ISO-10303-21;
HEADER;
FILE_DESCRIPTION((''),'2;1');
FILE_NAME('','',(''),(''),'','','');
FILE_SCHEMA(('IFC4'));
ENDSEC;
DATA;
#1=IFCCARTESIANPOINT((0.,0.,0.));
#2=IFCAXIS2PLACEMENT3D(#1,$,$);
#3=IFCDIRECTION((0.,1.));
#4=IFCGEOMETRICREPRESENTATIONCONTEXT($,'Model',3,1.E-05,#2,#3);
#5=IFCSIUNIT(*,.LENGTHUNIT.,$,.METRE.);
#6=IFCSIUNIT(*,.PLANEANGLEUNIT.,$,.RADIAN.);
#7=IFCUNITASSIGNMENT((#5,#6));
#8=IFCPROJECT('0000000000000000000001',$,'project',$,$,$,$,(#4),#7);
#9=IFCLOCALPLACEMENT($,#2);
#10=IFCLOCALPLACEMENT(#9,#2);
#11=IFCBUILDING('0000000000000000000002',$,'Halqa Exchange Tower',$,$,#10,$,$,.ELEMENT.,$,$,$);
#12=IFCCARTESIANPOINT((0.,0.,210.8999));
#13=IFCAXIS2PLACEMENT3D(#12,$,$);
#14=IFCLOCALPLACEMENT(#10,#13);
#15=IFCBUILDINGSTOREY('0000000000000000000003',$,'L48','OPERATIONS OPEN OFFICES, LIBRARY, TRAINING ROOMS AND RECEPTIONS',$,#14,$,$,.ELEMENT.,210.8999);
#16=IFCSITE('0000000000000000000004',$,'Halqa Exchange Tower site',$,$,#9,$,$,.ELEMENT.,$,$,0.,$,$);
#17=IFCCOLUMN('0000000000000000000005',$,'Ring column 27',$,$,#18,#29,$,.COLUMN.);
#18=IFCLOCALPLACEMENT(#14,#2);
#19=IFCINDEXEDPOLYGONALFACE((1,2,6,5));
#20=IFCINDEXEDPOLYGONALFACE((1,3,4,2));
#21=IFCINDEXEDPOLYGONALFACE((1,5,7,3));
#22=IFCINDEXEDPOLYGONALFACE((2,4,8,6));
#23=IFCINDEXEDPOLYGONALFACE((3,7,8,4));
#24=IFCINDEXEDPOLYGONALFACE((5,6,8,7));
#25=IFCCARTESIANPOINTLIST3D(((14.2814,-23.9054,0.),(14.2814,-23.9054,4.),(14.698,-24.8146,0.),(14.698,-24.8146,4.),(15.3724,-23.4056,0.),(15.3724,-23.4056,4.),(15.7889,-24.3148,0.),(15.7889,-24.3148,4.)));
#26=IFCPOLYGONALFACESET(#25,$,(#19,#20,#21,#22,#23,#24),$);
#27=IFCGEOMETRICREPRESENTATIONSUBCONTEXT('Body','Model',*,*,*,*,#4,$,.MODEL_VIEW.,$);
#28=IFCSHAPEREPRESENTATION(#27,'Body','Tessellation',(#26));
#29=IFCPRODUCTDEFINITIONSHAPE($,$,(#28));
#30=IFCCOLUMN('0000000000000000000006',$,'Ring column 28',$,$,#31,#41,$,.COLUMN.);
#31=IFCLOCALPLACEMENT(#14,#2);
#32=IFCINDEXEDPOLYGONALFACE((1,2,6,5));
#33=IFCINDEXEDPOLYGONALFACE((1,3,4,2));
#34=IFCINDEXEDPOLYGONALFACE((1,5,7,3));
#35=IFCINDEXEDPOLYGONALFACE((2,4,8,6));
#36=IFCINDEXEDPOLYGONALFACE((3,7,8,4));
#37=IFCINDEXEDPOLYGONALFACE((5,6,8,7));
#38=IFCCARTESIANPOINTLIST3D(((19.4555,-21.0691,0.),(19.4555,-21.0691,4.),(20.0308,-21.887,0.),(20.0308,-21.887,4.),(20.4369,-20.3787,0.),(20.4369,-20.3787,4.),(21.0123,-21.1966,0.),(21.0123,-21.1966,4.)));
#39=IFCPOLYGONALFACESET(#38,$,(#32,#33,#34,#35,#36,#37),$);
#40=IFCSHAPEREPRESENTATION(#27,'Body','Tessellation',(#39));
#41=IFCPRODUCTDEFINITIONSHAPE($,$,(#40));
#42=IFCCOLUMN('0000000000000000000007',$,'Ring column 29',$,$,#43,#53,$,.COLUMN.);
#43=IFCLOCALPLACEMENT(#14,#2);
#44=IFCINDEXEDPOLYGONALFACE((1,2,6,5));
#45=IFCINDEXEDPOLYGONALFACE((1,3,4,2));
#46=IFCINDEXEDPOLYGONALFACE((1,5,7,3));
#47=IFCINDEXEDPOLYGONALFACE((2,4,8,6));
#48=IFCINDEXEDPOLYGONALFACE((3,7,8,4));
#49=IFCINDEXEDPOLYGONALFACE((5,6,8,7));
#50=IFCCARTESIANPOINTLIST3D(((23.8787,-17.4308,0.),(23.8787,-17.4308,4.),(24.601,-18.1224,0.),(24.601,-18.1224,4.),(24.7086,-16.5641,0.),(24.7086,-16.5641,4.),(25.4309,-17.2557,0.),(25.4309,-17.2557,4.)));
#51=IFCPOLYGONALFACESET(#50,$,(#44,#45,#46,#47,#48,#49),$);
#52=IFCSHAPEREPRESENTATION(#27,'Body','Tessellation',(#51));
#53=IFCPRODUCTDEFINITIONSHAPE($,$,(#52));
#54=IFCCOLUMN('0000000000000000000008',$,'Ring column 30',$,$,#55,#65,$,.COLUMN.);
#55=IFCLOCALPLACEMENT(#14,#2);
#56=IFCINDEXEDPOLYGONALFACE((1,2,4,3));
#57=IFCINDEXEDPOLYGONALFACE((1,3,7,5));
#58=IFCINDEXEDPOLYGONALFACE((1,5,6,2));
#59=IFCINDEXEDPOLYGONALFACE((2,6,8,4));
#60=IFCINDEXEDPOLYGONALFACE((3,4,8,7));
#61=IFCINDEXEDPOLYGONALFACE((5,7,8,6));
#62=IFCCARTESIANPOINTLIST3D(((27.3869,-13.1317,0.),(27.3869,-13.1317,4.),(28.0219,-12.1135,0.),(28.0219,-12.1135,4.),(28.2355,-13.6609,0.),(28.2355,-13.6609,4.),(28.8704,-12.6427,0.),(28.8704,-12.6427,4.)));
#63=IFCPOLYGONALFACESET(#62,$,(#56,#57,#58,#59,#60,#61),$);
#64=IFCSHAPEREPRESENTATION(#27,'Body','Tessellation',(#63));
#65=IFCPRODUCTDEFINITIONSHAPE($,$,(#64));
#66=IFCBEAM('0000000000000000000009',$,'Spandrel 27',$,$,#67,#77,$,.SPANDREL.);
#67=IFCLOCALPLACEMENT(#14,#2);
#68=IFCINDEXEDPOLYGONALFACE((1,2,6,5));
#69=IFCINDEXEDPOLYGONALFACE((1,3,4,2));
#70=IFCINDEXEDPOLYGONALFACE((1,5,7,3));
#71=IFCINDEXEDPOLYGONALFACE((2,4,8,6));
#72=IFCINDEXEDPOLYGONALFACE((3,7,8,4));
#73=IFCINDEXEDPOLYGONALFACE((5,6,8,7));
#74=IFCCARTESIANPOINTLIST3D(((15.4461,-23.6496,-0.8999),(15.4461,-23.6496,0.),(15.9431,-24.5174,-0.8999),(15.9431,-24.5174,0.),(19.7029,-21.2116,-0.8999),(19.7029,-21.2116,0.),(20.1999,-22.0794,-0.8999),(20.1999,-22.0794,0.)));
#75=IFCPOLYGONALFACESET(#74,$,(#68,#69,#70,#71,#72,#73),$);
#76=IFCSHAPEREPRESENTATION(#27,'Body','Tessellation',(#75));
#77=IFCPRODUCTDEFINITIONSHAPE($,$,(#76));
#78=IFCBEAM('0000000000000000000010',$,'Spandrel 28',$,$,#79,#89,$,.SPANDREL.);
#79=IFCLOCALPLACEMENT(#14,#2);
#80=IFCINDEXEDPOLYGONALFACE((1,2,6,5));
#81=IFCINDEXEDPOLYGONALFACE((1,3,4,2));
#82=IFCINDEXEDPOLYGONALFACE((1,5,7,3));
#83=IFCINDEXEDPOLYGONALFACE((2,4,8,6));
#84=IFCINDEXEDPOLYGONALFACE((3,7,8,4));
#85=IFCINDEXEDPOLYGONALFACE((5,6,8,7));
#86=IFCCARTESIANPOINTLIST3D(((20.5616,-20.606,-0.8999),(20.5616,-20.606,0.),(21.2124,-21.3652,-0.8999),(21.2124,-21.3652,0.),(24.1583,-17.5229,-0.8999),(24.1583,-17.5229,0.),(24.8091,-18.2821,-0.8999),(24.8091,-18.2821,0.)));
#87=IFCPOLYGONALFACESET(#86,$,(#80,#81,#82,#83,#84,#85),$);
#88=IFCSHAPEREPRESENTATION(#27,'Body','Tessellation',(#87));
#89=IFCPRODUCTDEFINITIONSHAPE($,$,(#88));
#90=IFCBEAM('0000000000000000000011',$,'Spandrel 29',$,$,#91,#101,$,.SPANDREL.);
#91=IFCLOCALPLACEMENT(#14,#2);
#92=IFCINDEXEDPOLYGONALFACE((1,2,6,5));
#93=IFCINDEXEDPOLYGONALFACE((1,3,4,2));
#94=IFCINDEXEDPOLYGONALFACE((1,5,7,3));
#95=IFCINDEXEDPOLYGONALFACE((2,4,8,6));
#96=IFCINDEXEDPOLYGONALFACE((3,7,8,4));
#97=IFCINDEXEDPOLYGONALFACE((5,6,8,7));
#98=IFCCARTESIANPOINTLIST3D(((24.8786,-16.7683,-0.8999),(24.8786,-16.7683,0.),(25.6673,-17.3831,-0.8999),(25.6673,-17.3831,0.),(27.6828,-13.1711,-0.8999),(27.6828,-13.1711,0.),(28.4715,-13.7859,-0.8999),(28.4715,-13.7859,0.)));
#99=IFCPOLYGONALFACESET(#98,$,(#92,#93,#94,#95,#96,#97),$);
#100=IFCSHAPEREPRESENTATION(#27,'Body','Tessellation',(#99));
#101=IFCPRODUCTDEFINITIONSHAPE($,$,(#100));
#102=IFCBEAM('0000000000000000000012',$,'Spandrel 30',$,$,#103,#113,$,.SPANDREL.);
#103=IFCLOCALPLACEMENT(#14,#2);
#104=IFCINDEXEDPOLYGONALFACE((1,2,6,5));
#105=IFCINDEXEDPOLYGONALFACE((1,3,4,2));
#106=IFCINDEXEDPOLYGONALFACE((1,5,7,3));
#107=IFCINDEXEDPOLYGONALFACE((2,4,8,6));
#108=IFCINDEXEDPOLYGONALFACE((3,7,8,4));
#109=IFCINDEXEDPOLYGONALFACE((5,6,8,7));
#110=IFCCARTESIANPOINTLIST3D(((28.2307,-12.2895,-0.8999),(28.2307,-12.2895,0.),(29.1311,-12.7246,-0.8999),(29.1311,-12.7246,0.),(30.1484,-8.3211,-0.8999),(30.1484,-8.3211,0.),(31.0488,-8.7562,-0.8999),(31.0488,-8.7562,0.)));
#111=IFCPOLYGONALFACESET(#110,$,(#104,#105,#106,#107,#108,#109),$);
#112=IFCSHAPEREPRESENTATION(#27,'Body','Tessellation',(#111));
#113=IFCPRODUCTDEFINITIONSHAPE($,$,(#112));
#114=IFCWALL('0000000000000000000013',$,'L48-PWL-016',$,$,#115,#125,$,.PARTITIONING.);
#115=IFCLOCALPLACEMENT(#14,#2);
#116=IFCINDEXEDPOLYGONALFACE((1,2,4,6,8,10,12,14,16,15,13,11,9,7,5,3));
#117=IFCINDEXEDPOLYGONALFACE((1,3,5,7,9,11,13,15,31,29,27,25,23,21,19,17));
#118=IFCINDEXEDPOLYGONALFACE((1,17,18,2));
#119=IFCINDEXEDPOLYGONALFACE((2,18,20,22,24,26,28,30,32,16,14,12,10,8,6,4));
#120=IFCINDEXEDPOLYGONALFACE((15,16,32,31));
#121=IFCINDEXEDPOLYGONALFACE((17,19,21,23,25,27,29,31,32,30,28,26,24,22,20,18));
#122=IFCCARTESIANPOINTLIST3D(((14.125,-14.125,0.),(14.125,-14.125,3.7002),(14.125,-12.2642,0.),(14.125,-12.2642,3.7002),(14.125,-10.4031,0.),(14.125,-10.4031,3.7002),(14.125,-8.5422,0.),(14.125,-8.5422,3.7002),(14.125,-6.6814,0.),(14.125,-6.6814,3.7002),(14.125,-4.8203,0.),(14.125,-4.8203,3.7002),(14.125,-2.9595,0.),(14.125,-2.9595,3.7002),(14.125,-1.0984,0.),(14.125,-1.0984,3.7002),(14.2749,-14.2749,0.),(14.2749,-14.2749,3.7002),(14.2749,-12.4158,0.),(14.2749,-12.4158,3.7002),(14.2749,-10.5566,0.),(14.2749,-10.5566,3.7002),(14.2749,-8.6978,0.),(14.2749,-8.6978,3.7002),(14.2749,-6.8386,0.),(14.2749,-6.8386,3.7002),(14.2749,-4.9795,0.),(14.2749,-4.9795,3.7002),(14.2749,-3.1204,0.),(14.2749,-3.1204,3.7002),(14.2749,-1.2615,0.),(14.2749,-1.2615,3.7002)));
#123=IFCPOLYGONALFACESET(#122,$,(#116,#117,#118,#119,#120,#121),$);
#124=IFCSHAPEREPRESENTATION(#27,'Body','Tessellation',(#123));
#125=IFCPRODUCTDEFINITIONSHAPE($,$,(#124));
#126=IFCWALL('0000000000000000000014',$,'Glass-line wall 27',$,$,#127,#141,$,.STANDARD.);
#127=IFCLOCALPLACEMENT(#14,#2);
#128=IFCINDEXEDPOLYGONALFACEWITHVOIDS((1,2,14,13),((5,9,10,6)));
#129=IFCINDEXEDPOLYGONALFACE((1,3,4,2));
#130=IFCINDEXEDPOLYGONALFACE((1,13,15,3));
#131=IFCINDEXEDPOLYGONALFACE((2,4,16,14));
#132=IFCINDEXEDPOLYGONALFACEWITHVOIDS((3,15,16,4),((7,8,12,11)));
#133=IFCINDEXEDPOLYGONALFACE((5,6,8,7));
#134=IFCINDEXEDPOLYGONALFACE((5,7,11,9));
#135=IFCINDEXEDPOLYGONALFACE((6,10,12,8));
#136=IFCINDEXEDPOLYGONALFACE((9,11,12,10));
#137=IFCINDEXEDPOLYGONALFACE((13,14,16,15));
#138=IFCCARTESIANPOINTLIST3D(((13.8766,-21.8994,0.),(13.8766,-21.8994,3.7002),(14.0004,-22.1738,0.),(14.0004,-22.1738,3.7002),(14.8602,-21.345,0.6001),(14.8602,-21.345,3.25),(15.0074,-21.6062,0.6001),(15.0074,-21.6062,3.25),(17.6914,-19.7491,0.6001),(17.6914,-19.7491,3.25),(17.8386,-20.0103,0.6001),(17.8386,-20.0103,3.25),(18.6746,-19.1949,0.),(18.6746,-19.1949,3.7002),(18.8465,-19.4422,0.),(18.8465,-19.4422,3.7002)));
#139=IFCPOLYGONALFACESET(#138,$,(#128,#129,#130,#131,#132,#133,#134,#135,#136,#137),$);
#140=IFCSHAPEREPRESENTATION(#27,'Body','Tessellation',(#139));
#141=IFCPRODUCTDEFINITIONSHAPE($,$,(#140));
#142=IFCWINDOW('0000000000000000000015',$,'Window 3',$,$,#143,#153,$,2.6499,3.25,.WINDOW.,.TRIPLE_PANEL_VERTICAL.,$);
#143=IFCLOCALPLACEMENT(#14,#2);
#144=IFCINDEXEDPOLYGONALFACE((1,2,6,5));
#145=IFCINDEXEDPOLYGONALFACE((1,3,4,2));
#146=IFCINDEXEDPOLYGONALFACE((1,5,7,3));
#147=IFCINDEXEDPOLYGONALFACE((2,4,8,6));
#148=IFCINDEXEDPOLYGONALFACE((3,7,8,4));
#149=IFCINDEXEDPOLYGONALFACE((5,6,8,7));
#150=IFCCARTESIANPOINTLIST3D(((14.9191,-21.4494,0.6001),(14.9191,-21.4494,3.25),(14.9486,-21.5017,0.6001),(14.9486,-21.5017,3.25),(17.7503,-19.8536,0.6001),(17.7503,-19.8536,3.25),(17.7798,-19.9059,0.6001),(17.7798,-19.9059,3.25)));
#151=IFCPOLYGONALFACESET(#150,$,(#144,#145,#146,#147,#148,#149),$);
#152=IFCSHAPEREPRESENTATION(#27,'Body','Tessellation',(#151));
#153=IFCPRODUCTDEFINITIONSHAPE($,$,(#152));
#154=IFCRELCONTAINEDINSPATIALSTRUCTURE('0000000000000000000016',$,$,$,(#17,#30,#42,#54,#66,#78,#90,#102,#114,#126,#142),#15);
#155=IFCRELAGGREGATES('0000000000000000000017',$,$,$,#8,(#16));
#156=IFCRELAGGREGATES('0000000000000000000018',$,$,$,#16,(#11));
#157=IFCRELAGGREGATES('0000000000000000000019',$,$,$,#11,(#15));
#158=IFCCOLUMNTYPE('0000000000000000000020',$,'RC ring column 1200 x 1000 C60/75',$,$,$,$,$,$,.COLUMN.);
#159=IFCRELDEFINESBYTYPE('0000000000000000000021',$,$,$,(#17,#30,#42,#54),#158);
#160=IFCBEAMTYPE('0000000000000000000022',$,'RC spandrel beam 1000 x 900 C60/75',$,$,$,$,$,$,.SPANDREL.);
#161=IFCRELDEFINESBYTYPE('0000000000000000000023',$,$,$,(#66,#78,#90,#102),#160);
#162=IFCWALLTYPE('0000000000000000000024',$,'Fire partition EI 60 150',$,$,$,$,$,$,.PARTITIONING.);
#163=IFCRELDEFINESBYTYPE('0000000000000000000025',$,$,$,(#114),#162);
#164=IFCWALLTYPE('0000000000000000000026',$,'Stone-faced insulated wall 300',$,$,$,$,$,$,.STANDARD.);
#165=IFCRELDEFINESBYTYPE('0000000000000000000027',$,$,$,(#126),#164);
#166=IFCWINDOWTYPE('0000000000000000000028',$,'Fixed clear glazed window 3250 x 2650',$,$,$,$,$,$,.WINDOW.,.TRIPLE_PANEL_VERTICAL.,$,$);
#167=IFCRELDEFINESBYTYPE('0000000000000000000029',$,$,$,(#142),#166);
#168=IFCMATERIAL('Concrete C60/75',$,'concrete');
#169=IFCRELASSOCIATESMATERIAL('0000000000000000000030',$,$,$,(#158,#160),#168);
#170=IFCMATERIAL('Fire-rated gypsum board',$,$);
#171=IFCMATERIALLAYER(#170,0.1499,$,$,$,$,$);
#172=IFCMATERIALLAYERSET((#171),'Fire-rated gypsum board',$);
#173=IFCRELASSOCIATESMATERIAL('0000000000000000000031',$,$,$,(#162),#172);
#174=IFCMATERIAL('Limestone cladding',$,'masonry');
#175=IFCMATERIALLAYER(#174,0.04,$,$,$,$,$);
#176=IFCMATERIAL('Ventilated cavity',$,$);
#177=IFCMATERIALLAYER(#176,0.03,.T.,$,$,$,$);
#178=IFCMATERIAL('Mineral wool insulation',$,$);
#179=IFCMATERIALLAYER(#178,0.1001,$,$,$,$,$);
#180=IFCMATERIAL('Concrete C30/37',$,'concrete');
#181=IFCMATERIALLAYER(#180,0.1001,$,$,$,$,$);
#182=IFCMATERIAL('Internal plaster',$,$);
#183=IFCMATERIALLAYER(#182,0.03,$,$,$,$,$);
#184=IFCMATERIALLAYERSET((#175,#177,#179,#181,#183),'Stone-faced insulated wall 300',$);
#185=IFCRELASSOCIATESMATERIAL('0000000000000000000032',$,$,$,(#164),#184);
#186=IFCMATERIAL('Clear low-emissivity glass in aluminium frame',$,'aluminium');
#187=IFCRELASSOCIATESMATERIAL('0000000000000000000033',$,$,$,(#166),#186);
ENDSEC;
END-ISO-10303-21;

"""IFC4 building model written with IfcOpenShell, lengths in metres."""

from ifc_helpers import new_model, si_unit, direction, frame, frame_2d, origin, origin_2d, place, context, subcontext, project, spatial, polyline, rectangle, outline, extrude, material, layer, layer_set, material_profile, profile_set, type_object, element, fill, save


model = new_model("IFC4")

# Units and contexts
model_context = context("Model", 3, precision=1e-05, world=origin(), true_north=direction((0.0, 1.0)))
body_context = subcontext(model_context, "Body", "Model", "MODEL_VIEW")
ifc_project = project(units=[si_unit("LENGTHUNIT", "METRE"), si_unit("PLANEANGLEUNIT", "RADIAN")], contexts=[model_context])

# Site, building, storey
site_placement = place(None, origin())
site = spatial("IfcSite", under=ifc_project, at=site_placement, Name="Halqa Exchange Tower site", CompositionType="ELEMENT", RefElevation=0.0)
building_placement = place(site_placement, origin())
building = spatial("IfcBuilding", under=site, at=building_placement, Name="Halqa Exchange Tower", CompositionType="ELEMENT")
storey_placement = place(building_placement, frame((0.0, 0.0, 210.8999)))
storey = spatial("IfcBuildingStorey", under=building, at=storey_placement, Name="L48", Description="OPERATIONS OPEN OFFICES, LIBRARY, TRAINING ROOMS AND RECEPTIONS", CompositionType="ELEMENT", Elevation=210.8999)

# Columns
ifc_material_1 = material(Name="Concrete C60/75", Category="concrete")
ifc_material_profile_1 = material_profile(ifc_material_1, rectangle(XDim=1.2, YDim=1.0, at=origin_2d()), Name="1200 x 1000")
ifc_profile_set_1 = profile_set([ifc_material_profile_1], Name="Concrete C60/75")
column_type = type_object("IfcColumnType", Name="RC ring column 1200 x 1000 C60/75", PredefinedType="COLUMN", material=ifc_profile_set_1)
for number, where, z_axis, x_axis, name in (
    (1, (15.0352, -24.1101, 0.0), (0.0, 0.0, 1.0), (0.909129, 0.416514, 0.0), "Ring column 27"),
    (2, (20.2339, -21.1328, 0.0), (0.0, 0.0, 1.0), (0.817906, 0.575352, 0.0), "Ring column 28"),
    (3, (24.6548, -17.3433, 0.0), (0.0, 0.0, 1.0), (0.691575, 0.722305, 0.0), "Ring column 29"),
    (4, (28.1287, -12.8872, 0.0), (0.0, 0.0, 1.0), (0.529145, 0.848531, 0.0), "Ring column 30"),
):
    element("IfcColumn", number, at=place(storey_placement, frame(where, z_axis=z_axis, x_axis=x_axis)), inside=storey, type_object=column_type, Name=name, PredefinedType="COLUMN", context=body_context, shape_type="SweptSolid", body=[
        extrude(rectangle(XDim=1.2, YDim=1.0, at=origin_2d()), origin(), (0.0, 0.0, 1.0), 4.0),
    ])

# Beams
ifc_material_profile_2 = material_profile(ifc_material_1, rectangle(XDim=1.0, YDim=0.8999, at=origin_2d()), Name="1000 x 900")
ifc_profile_set_2 = profile_set([ifc_material_profile_2], Name="Concrete C60/75")
beam_type = type_object("IfcBeamType", Name="RC spandrel beam 1000 x 900 C60/75", PredefinedType="SPANDREL", material=ifc_profile_set_2)
beam_1_placement = place(storey_placement, frame((15.6946, -24.0835, -0.45), z_axis=(0.867759, 0.496986, 0.0), x_axis=(-0.496986, 0.867759, 0.0)))
element("IfcBeam", 5, at=beam_1_placement, inside=storey, type_object=beam_type, Name="Spandrel 27", PredefinedType="SPANDREL", context=body_context, shape_type="SweptSolid", body=[
    extrude(rectangle(XDim=1.0, YDim=0.8999, at=origin_2d()), origin(), (0.0, 0.0, 1.0), 4.9055),
])
beam_2_placement = place(storey_placement, frame((20.887, -20.9856, -0.45), z_axis=(0.759242, 0.650808, 0.0), x_axis=(-0.650808, 0.759242, 0.0)))
element("IfcBeam", 6, at=beam_2_placement, inside=storey, type_object=beam_type, Name="Spandrel 28", PredefinedType="SPANDREL", context=body_context, shape_type="SweptSolid", body=[
    extrude(rectangle(XDim=1.0, YDim=0.8999, at=origin_2d()), origin(), (0.0, 0.0, 1.0), 4.7373),
])
beam_3_placement = place(storey_placement, frame((25.2729, -17.0757, -0.45), z_axis=(0.614815, 0.788672, 0.0), x_axis=(-0.788672, 0.614815, 0.0)))
element("IfcBeam", 7, at=beam_3_placement, inside=storey, type_object=beam_type, Name="Spandrel 29", PredefinedType="SPANDREL", context=body_context, shape_type="SweptSolid", body=[
    extrude(rectangle(XDim=1.0, YDim=0.8999, at=origin_2d()), origin(), (0.0, 0.0, 1.0), 4.561),
])
beam_4_placement = place(storey_placement, frame((28.6809, -12.5071, -0.45), z_axis=(0.435098, 0.900383, 0.0), x_axis=(-0.900383, 0.435098, 0.0)))
element("IfcBeam", 8, at=beam_4_placement, inside=storey, type_object=beam_type, Name="Spandrel 30", PredefinedType="SPANDREL", context=body_context, shape_type="SweptSolid", body=[
    extrude(rectangle(XDim=1.0, YDim=0.8999, at=origin_2d()), origin(), (0.0, 0.0, 1.0), 4.4075),
])

# Wall
ifc_material_2 = material(Name="Fire-rated gypsum board")
ifc_layer_1 = layer(ifc_material_2, 0.1499)
ifc_layer_set_1 = layer_set([ifc_layer_1], Name="Fire-rated gypsum board")
wall_type_1 = type_object("IfcWallType", Name="Fire partition EI 60 150", PredefinedType="PARTITIONING", material=ifc_layer_set_1)
wall_1_placement = place(storey_placement, frame((14.2, -14.2749, 0.0), z_axis=(0.0, 0.0, 1.0), x_axis=(0.0, 1.0, 0.0)))
element("IfcWall", 9, at=wall_1_placement, inside=storey, type_object=wall_type_1, Name="L48-PWL-016", PredefinedType="PARTITIONING", context=body_context, shape_type="SweptSolid", body=[
    extrude(outline(polyline([(0.0, -0.075), (1.8591, -0.075), (3.7183, -0.075), (5.5771, -0.075), (7.4363, -0.075), (9.2954, -0.075), (11.1545, -0.075), (13.0134, -0.075), (13.1765, 0.075), (11.3154, 0.075), (9.4546, 0.075), (7.5935, 0.075), (5.7327, 0.075), (3.8718, 0.075), (2.0107, 0.075), (0.1499, 0.075), (0.0, -0.075)])), origin(), (0.0, 0.0, 1.0), 3.7002),
])

# Wall, opening, window
ifc_material_3 = material(Name="Limestone cladding", Category="masonry")
ifc_layer_2 = layer(ifc_material_3, 0.04)
ifc_material_4 = material(Name="Ventilated cavity")
ifc_layer_3 = layer(ifc_material_4, 0.03, ventilated=True)
ifc_material_5 = material(Name="Mineral wool insulation")
ifc_layer_4 = layer(ifc_material_5, 0.1001)
ifc_material_6 = material(Name="Concrete C30/37", Category="concrete")
ifc_layer_5 = layer(ifc_material_6, 0.1001)
ifc_material_7 = material(Name="Internal plaster")
ifc_layer_6 = layer(ifc_material_7, 0.03)
ifc_layer_set_2 = layer_set([ifc_layer_2, ifc_layer_3, ifc_layer_4, ifc_layer_5, ifc_layer_6], Name="Stone-faced insulated wall 300")
wall_type_2 = type_object("IfcWallType", Name="Stone-faced insulated wall 300", PredefinedType="STANDARD", material=ifc_layer_set_2)
wall_2_placement = place(storey_placement, frame((13.9385, -22.0366, 0.0), z_axis=(0.0, 0.0, 1.0), x_axis=(0.871141, 0.491034, 0.0)))
wall_2 = element("IfcWall", 10, at=wall_2_placement, inside=storey, type_object=wall_type_2, Name="Glass-line wall 27", PredefinedType="STANDARD", context=body_context, shape_type="SweptSolid", body=[
    extrude(outline(polyline([(-0.0134, -0.1499), (5.5496, -0.1499), (5.5212, 0.1499), (0.0134, 0.1499), (-0.0134, -0.1499)])), origin(), (0.0, 0.0, 1.0), 3.7002),
])
opening_1_placement = place(wall_2_placement, frame((1.1426, 0.0, 0.6001)))
opening_1 = element("IfcOpeningElement", 11, at=opening_1_placement, cuts=wall_2, PredefinedType="OPENING", context=body_context, shape_type="SweptSolid", body=[
    extrude(rectangle(XDim=3.25, YDim=2.6499, at=frame_2d((1.625, 1.325))), frame((0.0, 0.1621, 0.0), z_axis=(0.0, -1.0, 0.0), x_axis=(1.0, 0.0, 0.0)), (0.0, 0.0, 1.0), 0.324),
])
ifc_material_8 = material(Name="Clear low-emissivity glass in aluminium frame", Category="aluminium")
window_type = type_object("IfcWindowType", Name="Fixed clear glazed window 3250 x 2650", PartitioningType="TRIPLE_PANEL_VERTICAL", PredefinedType="WINDOW", material=ifc_material_8)
window_1_placement = place(opening_1_placement, origin())
window_1 = element("IfcWindow", 12, at=window_1_placement, inside=storey, type_object=window_type, Name="Window 3", OverallHeight=2.6499, OverallWidth=3.25, PartitioningType="TRIPLE_PANEL_VERTICAL", PredefinedType="WINDOW", context=body_context, shape_type="SweptSolid", body=[
    extrude(rectangle(XDim=3.25, YDim=2.6499, at=frame_2d((1.625, 1.325))), frame((0.0, 0.03, 0.0), z_axis=(0.0, -1.0, 0.0), x_axis=(1.0, 0.0, 0.0)), (0.0, 0.0, 1.0), 0.0601),
])
fill(opening_1, window_1)

save(model, "model.ifc")
